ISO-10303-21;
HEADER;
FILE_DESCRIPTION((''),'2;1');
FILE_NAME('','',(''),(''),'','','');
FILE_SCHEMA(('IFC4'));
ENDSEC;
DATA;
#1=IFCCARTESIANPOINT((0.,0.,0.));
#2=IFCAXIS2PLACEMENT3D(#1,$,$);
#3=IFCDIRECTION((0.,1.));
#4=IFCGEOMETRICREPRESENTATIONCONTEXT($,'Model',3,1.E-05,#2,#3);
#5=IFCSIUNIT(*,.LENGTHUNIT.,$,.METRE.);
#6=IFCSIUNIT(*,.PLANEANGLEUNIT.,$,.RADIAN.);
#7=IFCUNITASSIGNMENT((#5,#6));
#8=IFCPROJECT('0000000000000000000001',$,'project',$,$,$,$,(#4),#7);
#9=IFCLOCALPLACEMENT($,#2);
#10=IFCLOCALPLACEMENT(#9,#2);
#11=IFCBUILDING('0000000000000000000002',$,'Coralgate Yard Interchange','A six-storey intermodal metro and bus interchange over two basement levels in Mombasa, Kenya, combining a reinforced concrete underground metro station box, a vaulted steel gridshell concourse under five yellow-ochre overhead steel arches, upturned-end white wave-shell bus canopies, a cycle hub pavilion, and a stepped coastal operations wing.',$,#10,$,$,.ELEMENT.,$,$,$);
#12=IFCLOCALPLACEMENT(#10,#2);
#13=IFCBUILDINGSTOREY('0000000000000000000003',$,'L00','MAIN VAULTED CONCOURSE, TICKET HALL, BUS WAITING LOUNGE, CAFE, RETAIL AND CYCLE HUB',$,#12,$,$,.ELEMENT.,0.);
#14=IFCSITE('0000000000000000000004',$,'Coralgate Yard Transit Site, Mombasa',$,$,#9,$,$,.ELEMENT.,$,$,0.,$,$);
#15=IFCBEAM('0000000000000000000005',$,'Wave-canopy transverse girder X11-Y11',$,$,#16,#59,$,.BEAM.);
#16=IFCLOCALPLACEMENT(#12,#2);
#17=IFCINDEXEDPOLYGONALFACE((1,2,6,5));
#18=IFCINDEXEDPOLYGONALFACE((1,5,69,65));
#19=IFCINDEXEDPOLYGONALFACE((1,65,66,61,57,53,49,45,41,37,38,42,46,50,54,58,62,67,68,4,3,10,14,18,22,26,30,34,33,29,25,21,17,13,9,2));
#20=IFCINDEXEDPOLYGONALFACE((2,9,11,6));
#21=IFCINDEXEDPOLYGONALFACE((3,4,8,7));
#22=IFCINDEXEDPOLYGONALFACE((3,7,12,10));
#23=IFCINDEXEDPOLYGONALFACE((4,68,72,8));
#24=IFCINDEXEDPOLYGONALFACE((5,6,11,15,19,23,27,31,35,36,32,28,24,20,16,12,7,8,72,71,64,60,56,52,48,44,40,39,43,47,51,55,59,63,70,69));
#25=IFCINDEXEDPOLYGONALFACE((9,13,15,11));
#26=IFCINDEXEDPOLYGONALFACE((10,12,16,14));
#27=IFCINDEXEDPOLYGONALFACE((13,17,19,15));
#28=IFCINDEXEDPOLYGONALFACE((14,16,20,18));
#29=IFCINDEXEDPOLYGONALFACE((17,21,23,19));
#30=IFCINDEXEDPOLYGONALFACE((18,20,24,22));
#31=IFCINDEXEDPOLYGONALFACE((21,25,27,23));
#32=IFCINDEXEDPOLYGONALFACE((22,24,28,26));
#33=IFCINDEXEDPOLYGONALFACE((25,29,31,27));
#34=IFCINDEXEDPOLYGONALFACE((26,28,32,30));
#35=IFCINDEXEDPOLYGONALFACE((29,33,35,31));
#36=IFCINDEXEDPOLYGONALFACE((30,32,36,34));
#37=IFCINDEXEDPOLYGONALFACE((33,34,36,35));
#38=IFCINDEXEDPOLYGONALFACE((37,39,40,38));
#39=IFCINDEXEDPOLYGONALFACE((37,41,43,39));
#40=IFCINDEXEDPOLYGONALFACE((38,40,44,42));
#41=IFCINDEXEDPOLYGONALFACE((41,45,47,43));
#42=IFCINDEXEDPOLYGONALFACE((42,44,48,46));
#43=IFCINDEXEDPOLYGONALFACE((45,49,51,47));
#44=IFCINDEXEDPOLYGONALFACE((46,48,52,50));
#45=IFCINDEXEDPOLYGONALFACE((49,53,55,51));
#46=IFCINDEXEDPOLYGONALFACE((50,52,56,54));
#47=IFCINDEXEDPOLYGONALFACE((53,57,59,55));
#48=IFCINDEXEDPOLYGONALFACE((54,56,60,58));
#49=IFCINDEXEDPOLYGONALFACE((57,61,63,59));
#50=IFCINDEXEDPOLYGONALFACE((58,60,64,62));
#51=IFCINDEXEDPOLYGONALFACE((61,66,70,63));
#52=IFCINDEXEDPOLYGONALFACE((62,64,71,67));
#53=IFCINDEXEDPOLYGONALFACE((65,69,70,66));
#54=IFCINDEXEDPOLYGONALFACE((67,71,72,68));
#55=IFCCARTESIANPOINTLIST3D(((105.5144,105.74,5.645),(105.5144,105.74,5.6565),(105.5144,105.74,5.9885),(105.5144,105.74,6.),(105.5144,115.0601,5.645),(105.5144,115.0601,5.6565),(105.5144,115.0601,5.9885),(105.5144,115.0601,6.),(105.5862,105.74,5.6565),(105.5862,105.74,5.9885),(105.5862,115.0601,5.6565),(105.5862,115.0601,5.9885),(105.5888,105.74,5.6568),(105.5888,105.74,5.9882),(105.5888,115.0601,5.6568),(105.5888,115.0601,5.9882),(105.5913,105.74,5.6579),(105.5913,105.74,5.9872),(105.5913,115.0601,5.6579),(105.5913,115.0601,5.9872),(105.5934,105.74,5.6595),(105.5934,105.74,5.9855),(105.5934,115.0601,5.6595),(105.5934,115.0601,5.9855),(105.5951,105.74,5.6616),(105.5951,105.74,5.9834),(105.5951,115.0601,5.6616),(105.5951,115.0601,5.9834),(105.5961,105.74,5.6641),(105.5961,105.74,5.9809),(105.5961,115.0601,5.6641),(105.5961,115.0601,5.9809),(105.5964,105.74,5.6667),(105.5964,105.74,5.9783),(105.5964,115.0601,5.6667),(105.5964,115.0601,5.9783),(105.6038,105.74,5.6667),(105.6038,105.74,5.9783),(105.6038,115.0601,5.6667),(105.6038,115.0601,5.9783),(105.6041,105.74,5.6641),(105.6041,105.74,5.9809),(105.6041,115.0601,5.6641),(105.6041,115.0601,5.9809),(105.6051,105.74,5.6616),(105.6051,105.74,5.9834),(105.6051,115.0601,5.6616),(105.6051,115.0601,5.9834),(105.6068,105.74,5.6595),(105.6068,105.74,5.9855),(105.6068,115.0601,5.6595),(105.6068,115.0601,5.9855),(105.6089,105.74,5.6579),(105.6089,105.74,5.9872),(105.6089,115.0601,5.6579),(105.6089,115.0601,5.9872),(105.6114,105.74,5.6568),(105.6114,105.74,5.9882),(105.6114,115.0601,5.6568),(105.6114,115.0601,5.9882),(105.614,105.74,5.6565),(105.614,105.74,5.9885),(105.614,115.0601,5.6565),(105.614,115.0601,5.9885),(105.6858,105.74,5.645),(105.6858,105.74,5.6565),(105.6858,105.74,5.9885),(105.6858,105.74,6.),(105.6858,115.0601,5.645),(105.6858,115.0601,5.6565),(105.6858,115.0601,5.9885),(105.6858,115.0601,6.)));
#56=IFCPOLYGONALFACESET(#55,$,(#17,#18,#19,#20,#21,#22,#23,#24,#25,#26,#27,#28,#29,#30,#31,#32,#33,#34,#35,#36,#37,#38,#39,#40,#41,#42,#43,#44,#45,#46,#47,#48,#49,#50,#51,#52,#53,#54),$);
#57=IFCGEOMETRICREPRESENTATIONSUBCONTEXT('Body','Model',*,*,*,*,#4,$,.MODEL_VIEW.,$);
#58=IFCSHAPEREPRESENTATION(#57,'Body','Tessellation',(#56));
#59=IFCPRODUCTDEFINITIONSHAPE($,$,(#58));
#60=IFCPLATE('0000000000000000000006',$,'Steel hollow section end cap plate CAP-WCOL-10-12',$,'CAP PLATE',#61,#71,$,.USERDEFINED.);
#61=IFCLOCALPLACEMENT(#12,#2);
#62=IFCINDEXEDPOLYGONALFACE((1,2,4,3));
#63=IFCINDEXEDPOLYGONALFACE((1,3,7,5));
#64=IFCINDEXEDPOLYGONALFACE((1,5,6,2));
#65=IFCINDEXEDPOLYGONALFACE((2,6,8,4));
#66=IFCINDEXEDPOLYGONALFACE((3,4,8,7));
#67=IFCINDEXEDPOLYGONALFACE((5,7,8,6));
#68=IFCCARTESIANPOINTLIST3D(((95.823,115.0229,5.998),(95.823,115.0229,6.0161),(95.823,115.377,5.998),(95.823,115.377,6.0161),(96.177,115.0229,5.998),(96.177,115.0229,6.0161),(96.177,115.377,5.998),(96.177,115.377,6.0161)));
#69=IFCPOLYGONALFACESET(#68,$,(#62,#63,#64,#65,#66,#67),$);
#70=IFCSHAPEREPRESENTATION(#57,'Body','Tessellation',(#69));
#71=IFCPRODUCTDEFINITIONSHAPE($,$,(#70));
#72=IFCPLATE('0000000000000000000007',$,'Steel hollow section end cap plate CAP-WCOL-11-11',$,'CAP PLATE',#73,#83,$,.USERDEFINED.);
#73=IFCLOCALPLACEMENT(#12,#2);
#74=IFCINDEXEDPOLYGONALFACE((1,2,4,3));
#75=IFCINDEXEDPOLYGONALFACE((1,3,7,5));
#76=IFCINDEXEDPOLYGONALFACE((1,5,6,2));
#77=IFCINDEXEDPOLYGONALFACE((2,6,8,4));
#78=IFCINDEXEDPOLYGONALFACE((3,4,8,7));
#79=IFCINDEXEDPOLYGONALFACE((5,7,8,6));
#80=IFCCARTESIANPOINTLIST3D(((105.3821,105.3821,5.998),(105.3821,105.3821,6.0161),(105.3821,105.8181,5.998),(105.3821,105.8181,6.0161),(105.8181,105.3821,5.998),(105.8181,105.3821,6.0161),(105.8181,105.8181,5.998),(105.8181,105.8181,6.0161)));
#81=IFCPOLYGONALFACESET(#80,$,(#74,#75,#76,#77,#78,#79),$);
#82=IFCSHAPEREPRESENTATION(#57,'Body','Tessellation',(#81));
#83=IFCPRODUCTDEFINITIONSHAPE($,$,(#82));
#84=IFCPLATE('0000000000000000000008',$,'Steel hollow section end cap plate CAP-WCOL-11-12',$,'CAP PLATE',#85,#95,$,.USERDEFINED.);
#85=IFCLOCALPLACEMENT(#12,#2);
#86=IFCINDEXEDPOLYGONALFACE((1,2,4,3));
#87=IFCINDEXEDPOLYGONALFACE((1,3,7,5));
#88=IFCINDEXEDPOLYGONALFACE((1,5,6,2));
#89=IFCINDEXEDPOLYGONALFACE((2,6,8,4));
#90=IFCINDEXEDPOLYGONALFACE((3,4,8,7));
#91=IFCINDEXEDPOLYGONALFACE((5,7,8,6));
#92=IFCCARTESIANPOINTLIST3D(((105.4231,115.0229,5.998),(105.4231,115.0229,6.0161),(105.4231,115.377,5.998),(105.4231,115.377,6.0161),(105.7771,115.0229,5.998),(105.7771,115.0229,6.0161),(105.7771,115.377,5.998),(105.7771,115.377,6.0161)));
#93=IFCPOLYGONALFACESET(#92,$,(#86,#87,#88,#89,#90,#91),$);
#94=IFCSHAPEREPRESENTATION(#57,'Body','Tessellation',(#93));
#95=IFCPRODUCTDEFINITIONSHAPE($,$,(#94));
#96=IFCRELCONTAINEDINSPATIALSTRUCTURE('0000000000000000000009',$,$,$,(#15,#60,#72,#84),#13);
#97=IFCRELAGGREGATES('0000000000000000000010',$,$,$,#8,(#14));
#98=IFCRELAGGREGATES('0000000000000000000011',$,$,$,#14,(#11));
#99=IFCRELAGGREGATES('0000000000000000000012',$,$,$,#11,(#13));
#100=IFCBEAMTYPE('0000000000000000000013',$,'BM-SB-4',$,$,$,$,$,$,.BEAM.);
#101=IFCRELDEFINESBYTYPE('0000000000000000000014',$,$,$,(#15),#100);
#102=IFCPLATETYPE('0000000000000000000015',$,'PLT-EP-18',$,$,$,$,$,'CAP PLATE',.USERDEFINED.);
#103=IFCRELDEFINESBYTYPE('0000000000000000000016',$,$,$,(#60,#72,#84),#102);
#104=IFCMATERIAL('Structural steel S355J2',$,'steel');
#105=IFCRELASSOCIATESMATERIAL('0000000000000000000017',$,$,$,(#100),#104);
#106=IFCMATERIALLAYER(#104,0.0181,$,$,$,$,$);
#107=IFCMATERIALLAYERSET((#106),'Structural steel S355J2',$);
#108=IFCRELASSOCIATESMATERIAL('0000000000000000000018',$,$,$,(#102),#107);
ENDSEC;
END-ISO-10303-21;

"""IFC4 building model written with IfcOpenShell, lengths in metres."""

from ifc_helpers import new_model, si_unit, direction, frame, origin, origin_2d, place, context, subcontext, project, spatial, rectangle, i_section, extrude, material, layer, layer_set, material_profile, profile_set, type_object, element, save


model = new_model("IFC4")

# Units and contexts
model_context = context("Model", 3, precision=1e-05, world=origin(), true_north=direction((0.0, 1.0)))
body_context = subcontext(model_context, "Body", "Model", "MODEL_VIEW")
ifc_project = project(units=[si_unit("LENGTHUNIT", "METRE"), si_unit("PLANEANGLEUNIT", "RADIAN")], contexts=[model_context])

# Site, building, storey
site_placement = place(None, origin())
site = spatial("IfcSite", under=ifc_project, at=site_placement, Name="Coralgate Yard Transit Site, Mombasa", CompositionType="ELEMENT", RefElevation=0.0)
building_placement = place(site_placement, origin())
building = spatial("IfcBuilding", under=site, at=building_placement, Name="Coralgate Yard Interchange", Description="A six-storey intermodal metro and bus interchange over two basement levels in Mombasa, Kenya, combining a reinforced concrete underground metro station box, a vaulted steel gridshell concourse under five yellow-ochre overhead steel arches, upturned-end white wave-shell bus canopies, a cycle hub pavilion, and a stepped coastal operations wing.", CompositionType="ELEMENT")
storey_placement = place(building_placement, origin())
storey = spatial("IfcBuildingStorey", under=building, at=storey_placement, Name="L00", Description="MAIN VAULTED CONCOURSE, TICKET HALL, BUS WAITING LOUNGE, CAFE, RETAIL AND CYCLE HUB", CompositionType="ELEMENT", Elevation=0.0)

# Shared definitions
ifc_material_1 = material(Name="Structural steel S355J2", Category="steel")

# Beam
ifc_material_profile_1 = material_profile(ifc_material_1, i_section(OverallWidth=0.1714, OverallDepth=0.355, WebThickness=0.0073, FlangeThickness=0.0115, FilletRadius=0.0103, at=origin_2d()), Name="UB 356x171x51")
ifc_profile_set_1 = profile_set([ifc_material_profile_1], Name="Structural steel S355J2")
beam_type_1 = type_object("IfcBeamType", Name="BM-SB-4", PredefinedType="BEAM", material=ifc_profile_set_1)
beam_1_placement = place(storey_placement, frame((105.6001, 105.74, 5.8225), z_axis=(0.0, 1.0, 0.0), x_axis=(-1.0, 0.0, 0.0)))
element("IfcBeam", 1, at=beam_1_placement, inside=storey, type_object=beam_type_1, Name="Wave-canopy transverse girder X11-Y11", PredefinedType="BEAM", context=body_context, shape_type="SweptSolid", body=[
    extrude(i_section(OverallWidth=0.1714, OverallDepth=0.355, WebThickness=0.0073, FlangeThickness=0.0115, FilletRadius=0.0103, at=origin_2d()), origin(), (0.0, 0.0, 1.0), 9.3201),
])

# Plates
ifc_layer = layer(ifc_material_1, 0.0181)
ifc_layer_set = layer_set([ifc_layer], Name="Structural steel S355J2")
plate_type = type_object("IfcPlateType", Name="PLT-EP-18", ElementType="CAP PLATE", PredefinedType="USERDEFINED", material=ifc_layer_set)
plate_1_placement = place(storey_placement, frame((96.0, 115.2, 5.998), z_axis=(0.0, 0.0, 1.0), x_axis=(1.0, 0.0, 0.0)))
element("IfcPlate", 2, at=plate_1_placement, inside=storey, type_object=plate_type, Name="Steel hollow section end cap plate CAP-WCOL-10-12", ObjectType="CAP PLATE", PredefinedType="USERDEFINED", context=body_context, shape_type="SweptSolid", body=[
    extrude(rectangle(XDim=0.354, YDim=0.354, at=origin_2d()), origin(), (0.0, 0.0, 1.0), 0.0181),
])
plate_2_placement = place(storey_placement, frame((105.6001, 105.6001, 5.998), z_axis=(0.0, 0.0, 1.0), x_axis=(1.0, 0.0, 0.0)))
element("IfcPlate", 3, at=plate_2_placement, inside=storey, type_object=plate_type, Name="Steel hollow section end cap plate CAP-WCOL-11-11", ObjectType="CAP PLATE", PredefinedType="USERDEFINED", context=body_context, shape_type="SweptSolid", body=[
    extrude(rectangle(XDim=0.436, YDim=0.436, at=origin_2d()), origin(), (0.0, 0.0, 1.0), 0.0181),
])
plate_3_placement = place(storey_placement, frame((105.6001, 115.2, 5.998), z_axis=(0.0, 0.0, 1.0), x_axis=(1.0, 0.0, 0.0)))
element("IfcPlate", 4, at=plate_3_placement, inside=storey, type_object=plate_type, Name="Steel hollow section end cap plate CAP-WCOL-11-12", ObjectType="CAP PLATE", PredefinedType="USERDEFINED", context=body_context, shape_type="SweptSolid", body=[
    extrude(rectangle(XDim=0.354, YDim=0.354, at=origin_2d()), origin(), (0.0, 0.0, 1.0), 0.0181),
])

save(model, "model.ifc")
